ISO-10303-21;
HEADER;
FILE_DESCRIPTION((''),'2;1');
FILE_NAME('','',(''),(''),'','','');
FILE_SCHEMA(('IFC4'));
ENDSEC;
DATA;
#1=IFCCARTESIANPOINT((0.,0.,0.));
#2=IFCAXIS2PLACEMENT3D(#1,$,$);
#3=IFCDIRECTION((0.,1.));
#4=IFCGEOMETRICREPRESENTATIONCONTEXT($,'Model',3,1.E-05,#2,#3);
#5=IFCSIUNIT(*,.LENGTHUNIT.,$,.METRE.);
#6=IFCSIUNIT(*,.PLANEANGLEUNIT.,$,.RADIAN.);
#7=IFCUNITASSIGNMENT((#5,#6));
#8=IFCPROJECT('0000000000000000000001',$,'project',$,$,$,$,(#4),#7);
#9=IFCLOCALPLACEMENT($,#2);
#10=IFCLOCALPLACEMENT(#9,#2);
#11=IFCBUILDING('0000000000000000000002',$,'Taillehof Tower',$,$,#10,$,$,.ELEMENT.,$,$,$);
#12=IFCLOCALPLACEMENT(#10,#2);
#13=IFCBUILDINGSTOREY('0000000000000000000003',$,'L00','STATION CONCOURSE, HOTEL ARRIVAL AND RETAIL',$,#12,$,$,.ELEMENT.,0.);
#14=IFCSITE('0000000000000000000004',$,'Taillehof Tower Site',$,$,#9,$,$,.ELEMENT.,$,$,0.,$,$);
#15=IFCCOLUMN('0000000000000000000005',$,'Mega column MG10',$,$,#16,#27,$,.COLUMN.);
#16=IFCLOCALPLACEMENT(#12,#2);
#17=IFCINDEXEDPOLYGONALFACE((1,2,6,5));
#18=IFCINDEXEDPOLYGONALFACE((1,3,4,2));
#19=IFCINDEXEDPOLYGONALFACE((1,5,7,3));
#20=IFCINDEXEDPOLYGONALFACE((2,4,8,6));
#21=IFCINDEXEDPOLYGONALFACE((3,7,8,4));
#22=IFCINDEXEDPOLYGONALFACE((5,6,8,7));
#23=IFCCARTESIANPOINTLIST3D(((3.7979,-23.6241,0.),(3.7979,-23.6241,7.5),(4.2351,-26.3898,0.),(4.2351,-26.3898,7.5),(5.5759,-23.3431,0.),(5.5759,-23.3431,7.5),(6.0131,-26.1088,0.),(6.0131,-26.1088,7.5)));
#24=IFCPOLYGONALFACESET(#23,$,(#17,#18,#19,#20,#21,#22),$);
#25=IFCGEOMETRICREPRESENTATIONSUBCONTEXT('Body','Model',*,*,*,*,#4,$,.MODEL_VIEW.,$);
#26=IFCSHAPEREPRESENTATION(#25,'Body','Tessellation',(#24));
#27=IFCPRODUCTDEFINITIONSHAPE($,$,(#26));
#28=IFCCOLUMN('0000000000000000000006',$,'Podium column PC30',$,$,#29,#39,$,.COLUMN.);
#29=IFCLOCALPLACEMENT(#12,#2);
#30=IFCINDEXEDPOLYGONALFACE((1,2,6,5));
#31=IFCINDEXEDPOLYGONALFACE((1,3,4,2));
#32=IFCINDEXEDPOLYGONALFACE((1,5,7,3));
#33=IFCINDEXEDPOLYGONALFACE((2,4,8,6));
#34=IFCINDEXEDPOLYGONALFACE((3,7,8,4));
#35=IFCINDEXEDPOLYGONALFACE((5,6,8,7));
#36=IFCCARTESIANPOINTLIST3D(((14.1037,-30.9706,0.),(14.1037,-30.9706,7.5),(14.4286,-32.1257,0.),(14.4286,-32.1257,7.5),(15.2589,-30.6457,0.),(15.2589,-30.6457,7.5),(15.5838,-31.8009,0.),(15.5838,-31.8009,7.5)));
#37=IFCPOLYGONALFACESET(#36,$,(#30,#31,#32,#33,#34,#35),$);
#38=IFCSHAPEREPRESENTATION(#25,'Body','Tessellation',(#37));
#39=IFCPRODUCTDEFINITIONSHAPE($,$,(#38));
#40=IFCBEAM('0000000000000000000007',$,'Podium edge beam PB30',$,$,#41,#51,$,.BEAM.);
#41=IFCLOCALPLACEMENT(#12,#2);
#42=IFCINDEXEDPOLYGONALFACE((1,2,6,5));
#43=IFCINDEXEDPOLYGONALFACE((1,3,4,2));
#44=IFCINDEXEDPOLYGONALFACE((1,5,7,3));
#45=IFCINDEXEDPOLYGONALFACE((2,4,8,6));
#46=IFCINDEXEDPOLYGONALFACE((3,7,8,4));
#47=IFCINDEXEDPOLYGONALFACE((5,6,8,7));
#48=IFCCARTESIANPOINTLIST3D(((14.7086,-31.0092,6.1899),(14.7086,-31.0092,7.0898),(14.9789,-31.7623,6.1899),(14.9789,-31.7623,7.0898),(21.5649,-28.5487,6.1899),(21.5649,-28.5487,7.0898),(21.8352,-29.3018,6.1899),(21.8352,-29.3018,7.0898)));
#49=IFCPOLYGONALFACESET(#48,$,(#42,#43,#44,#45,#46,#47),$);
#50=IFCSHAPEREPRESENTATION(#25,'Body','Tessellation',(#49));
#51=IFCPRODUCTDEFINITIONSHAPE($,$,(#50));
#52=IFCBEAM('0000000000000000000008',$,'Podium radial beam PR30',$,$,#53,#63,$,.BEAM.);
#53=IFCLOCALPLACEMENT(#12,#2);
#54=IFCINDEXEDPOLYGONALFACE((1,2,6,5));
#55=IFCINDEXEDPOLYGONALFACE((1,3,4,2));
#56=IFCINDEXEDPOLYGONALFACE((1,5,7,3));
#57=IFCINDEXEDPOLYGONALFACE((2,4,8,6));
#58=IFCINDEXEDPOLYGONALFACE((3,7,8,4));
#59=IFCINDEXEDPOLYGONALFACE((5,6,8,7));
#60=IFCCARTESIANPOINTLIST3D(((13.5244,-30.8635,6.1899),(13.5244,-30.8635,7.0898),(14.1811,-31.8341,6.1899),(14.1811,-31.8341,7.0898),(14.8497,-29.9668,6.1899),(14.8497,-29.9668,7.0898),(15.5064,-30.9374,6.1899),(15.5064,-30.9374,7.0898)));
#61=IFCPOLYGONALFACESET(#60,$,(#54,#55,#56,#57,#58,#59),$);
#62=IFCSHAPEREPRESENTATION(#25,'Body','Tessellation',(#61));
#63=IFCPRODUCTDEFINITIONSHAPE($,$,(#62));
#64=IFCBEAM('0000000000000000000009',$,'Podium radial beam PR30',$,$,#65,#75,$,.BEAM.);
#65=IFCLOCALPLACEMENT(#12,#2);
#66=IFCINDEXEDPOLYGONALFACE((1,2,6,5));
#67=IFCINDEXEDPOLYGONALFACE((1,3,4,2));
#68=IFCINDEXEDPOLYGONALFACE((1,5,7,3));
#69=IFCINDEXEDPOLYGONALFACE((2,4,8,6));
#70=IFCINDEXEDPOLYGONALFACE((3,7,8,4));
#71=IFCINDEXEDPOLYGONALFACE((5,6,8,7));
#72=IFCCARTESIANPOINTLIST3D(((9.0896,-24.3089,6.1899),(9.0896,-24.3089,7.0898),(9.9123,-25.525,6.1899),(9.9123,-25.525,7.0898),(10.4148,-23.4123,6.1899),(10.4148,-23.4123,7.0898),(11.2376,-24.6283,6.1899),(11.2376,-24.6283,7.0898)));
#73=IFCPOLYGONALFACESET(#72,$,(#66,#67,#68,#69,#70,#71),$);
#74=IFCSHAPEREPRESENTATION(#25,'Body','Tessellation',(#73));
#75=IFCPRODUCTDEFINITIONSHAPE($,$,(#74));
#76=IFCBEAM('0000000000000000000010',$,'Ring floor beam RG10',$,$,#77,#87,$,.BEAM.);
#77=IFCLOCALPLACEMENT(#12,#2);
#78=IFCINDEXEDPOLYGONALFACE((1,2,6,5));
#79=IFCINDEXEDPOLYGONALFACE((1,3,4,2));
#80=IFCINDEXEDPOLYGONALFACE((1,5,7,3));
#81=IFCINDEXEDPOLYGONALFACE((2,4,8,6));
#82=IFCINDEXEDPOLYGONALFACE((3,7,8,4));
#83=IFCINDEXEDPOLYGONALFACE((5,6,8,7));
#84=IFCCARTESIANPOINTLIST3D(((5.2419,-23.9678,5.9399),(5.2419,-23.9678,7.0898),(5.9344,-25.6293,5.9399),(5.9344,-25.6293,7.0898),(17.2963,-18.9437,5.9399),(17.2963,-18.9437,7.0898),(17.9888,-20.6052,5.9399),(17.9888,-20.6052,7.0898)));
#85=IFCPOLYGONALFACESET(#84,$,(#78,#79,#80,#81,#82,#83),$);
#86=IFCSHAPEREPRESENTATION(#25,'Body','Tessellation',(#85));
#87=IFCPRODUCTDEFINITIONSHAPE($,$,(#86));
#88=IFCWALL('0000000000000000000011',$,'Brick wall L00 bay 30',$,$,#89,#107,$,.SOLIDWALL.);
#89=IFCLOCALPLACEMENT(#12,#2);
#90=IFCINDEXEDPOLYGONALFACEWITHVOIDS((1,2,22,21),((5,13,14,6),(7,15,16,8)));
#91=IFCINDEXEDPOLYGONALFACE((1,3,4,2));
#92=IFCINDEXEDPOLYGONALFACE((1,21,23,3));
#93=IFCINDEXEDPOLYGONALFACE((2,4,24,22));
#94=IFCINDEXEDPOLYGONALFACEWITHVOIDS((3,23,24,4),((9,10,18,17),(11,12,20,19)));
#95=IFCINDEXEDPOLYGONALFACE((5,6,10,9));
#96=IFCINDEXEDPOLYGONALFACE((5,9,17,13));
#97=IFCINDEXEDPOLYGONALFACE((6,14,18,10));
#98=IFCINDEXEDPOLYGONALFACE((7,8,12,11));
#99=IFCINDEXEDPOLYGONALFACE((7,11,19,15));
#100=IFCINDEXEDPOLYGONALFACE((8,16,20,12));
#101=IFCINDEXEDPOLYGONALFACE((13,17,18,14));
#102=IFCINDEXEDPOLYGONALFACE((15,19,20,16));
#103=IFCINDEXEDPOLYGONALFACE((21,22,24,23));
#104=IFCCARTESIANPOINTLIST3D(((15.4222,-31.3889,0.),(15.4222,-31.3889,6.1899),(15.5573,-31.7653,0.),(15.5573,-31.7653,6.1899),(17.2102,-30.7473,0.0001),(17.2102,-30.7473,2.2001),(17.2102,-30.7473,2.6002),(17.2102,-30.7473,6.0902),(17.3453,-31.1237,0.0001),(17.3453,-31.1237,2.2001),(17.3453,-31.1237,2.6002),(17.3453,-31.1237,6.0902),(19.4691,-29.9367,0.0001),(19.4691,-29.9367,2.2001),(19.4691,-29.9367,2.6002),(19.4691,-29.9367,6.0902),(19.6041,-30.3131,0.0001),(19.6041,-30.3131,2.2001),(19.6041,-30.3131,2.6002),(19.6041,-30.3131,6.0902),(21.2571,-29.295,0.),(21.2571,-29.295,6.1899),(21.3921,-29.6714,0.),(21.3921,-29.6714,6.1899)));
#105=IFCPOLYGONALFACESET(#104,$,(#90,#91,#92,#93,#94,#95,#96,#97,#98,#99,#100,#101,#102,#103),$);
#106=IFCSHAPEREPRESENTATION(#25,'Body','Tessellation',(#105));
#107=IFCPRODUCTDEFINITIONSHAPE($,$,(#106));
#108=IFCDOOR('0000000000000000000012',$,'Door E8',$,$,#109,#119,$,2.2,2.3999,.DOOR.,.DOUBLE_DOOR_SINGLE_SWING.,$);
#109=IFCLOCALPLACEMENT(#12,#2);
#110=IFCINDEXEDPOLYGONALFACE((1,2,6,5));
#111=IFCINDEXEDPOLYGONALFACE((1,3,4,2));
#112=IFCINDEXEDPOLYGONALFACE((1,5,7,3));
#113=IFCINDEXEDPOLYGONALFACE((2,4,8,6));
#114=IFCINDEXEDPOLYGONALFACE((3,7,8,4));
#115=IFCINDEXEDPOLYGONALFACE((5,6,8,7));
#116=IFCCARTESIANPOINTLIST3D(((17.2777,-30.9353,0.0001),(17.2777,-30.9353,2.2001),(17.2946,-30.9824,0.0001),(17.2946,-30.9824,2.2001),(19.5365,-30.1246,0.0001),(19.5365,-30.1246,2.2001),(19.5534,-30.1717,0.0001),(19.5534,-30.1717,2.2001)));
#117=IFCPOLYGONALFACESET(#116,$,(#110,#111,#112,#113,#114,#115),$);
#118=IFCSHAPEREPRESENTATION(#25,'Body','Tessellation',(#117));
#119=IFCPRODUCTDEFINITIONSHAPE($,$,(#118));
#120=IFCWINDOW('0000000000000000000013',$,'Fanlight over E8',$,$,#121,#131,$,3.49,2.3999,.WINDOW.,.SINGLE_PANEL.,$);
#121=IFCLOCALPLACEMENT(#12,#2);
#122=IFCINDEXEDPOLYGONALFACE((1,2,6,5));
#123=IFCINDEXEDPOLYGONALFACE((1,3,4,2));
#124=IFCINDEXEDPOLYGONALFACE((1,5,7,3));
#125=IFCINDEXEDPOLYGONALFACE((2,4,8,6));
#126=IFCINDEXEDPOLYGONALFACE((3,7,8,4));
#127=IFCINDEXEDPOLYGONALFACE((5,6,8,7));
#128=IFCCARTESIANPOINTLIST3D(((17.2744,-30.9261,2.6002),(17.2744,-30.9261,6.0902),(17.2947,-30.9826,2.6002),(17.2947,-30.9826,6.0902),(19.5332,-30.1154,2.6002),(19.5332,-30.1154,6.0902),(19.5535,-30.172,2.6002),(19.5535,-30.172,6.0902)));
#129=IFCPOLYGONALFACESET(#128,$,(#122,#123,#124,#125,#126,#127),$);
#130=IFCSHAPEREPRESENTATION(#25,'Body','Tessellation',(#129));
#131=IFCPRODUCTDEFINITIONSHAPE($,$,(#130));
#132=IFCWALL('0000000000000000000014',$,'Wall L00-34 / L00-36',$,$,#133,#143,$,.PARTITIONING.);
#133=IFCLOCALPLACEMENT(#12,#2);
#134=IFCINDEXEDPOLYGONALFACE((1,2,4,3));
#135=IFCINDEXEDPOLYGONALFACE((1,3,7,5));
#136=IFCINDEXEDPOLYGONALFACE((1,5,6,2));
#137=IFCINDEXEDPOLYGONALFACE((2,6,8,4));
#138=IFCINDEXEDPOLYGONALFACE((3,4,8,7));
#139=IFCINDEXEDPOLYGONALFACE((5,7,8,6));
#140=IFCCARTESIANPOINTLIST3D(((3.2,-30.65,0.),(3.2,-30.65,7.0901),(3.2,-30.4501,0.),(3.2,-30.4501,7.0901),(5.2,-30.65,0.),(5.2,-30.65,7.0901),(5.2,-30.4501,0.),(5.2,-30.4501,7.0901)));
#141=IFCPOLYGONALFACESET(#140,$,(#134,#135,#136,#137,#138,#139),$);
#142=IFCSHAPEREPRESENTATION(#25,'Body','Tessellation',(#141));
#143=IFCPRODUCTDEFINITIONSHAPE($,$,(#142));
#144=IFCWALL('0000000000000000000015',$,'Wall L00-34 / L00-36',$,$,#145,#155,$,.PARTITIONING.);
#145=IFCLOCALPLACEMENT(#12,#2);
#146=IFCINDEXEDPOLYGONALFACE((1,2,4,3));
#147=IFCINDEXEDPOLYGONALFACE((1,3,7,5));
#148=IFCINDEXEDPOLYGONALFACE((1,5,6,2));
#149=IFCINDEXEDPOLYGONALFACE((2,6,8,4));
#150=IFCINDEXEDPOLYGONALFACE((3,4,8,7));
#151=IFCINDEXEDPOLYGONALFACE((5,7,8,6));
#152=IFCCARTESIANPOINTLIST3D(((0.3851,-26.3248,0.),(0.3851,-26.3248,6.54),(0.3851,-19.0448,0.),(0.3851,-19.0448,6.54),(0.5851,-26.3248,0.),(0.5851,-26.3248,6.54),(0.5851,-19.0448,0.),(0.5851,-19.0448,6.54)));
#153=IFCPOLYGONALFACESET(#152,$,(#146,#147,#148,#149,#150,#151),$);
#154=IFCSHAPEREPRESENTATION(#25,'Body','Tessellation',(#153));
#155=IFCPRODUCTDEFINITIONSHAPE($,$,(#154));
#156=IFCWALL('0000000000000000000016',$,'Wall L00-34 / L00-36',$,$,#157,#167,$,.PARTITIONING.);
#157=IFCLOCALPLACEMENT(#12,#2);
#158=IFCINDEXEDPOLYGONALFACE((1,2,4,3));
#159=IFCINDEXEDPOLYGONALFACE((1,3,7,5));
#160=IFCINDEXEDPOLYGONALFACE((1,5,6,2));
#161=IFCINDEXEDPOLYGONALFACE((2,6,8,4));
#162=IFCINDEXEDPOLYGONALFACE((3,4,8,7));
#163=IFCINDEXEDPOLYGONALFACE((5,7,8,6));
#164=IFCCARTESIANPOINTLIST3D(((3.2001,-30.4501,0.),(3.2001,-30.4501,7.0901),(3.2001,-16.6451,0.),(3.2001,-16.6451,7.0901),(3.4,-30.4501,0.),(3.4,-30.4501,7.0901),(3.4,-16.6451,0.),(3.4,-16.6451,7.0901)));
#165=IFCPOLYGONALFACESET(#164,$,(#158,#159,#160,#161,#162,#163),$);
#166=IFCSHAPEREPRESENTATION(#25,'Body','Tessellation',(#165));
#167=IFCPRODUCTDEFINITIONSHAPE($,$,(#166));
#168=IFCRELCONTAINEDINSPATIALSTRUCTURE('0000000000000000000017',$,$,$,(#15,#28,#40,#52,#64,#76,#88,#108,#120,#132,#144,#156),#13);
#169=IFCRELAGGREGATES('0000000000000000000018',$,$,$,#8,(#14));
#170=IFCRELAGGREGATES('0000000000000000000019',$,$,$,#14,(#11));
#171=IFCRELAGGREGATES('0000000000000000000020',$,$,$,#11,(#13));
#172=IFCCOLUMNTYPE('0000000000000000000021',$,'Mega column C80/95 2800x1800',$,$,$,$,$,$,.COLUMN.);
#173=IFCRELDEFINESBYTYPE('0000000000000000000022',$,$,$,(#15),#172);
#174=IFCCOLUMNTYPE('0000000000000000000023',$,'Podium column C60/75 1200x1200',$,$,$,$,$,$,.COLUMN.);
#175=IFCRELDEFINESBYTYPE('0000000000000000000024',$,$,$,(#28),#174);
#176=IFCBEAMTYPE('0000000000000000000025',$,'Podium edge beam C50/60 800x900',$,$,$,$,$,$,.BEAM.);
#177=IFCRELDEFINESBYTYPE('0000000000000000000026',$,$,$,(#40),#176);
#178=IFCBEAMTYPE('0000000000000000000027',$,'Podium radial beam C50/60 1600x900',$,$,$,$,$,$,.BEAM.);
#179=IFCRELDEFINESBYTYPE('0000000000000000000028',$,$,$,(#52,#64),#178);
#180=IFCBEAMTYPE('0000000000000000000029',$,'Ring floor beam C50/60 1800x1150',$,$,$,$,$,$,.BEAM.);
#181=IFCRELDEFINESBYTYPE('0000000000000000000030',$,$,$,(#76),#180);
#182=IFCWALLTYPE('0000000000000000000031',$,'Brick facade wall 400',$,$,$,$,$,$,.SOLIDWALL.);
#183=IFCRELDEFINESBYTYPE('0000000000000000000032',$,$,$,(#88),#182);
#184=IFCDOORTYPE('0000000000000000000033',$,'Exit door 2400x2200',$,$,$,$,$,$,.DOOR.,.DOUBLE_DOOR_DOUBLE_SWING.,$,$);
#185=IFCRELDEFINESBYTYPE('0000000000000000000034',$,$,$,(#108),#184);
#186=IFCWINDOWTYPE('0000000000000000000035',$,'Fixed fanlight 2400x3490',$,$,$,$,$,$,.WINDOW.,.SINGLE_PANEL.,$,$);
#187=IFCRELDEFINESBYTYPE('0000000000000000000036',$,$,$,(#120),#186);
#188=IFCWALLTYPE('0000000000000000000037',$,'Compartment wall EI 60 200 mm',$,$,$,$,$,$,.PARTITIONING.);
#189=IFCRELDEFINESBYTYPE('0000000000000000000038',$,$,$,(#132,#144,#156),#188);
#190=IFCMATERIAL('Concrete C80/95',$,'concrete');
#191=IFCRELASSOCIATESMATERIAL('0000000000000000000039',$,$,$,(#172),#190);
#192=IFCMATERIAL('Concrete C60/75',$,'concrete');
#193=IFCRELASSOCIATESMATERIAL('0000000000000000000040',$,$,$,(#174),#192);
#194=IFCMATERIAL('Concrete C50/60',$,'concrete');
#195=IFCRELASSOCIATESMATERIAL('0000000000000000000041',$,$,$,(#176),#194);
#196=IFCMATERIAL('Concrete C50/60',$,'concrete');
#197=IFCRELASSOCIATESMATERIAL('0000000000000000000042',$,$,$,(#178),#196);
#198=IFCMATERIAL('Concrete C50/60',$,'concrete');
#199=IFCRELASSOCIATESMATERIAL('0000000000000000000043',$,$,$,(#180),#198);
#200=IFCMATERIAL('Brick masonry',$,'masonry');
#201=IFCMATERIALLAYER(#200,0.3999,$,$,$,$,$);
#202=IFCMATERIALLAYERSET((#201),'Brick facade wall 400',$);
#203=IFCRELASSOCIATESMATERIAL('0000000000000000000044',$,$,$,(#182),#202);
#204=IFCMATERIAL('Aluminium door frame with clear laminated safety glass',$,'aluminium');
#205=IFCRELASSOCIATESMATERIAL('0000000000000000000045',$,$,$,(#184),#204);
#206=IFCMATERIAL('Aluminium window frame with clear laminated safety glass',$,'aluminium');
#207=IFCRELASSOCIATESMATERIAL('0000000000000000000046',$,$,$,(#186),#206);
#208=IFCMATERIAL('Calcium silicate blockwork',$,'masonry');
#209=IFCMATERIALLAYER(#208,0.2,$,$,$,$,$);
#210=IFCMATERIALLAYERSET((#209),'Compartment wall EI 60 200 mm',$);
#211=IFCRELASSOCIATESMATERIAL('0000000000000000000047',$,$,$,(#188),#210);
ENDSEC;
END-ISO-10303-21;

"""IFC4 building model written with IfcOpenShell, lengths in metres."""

from ifc_helpers import new_model, si_unit, direction, frame, frame_2d, origin, origin_2d, place, context, subcontext, project, spatial, rectangle, extrude, material, layer, layer_set, material_profile, profile_set, type_object, element, fill, save


model = new_model("IFC4")

# Units and contexts
model_context = context("Model", 3, precision=1e-05, world=origin(), true_north=direction((0.0, 1.0)))
body_context = subcontext(model_context, "Body", "Model", "MODEL_VIEW")
ifc_project = project(units=[si_unit("LENGTHUNIT", "METRE"), si_unit("PLANEANGLEUNIT", "RADIAN")], contexts=[model_context])

# Site, building, storey
site_placement = place(None, origin())
site = spatial("IfcSite", under=ifc_project, at=site_placement, Name="Taillehof Tower Site", CompositionType="ELEMENT", RefElevation=0.0)
building_placement = place(site_placement, origin())
building = spatial("IfcBuilding", under=site, at=building_placement, Name="Taillehof Tower", CompositionType="ELEMENT")
storey_placement = place(building_placement, origin())
storey = spatial("IfcBuildingStorey", under=building, at=storey_placement, Name="L00", Description="STATION CONCOURSE, HOTEL ARRIVAL AND RETAIL", CompositionType="ELEMENT", Elevation=0.0)

# Columns
ifc_material_1 = material(Name="Concrete C80/95", Category="concrete")
ifc_material_profile_1 = material_profile(ifc_material_1, rectangle(XDim=2.8, YDim=1.8, at=origin_2d()), Name="RC 2800x1800")
ifc_profile_set_1 = profile_set([ifc_material_profile_1], Name="Concrete C80/95")
column_type_1 = type_object("IfcColumnType", Name="Mega column C80/95 2800x1800", PredefinedType="COLUMN", material=ifc_profile_set_1)
column_1_placement = place(storey_placement, frame((4.9055, -24.8665, 0.0), z_axis=(0.0, 0.0, 1.0), x_axis=(0.156147, -0.987734, 0.0)))
element("IfcColumn", 1, at=column_1_placement, inside=storey, type_object=column_type_1, Name="Mega column MG10", PredefinedType="COLUMN", context=body_context, shape_type="SweptSolid", body=[
    extrude(rectangle(XDim=2.8, YDim=1.8, at=origin_2d()), origin(), (0.0, 0.0, 1.0), 7.5),
])
ifc_material_2 = material(Name="Concrete C60/75", Category="concrete")
ifc_material_profile_2 = material_profile(ifc_material_2, rectangle(XDim=1.2, YDim=1.2, at=origin_2d()), Name="RC 1200x1200")
ifc_profile_set_2 = profile_set([ifc_material_profile_2], Name="Concrete C60/75")
column_type_2 = type_object("IfcColumnType", Name="Podium column C60/75 1200x1200", PredefinedType="COLUMN", material=ifc_profile_set_2)
column_2_placement = place(storey_placement, frame((14.8438, -31.3857, 0.0), z_axis=(0.0, 0.0, 1.0), x_axis=(0.270745, -0.962651, 0.0)))
element("IfcColumn", 2, at=column_2_placement, inside=storey, type_object=column_type_2, Name="Podium column PC30", PredefinedType="COLUMN", context=body_context, shape_type="SweptSolid", body=[
    extrude(rectangle(XDim=1.2, YDim=1.2, at=origin_2d()), origin(), (0.0, 0.0, 1.0), 7.5),
])

# Beams
ifc_material_3 = material(Name="Concrete C50/60", Category="concrete")
ifc_material_profile_3 = material_profile(ifc_material_3, rectangle(XDim=0.8, YDim=0.8999, at=origin_2d()), Name="RC 800x900")
ifc_profile_set_3 = profile_set([ifc_material_profile_3], Name="Concrete C50/60")
beam_type_1 = type_object("IfcBeamType", Name="Podium edge beam C50/60 800x900", PredefinedType="BEAM", material=ifc_profile_set_3)
beam_1_placement = place(storey_placement, frame((14.8438, -31.3857, 6.6399), z_axis=(0.941227, 0.337773, 0.0), x_axis=(-0.337773, 0.941227, 0.0)))
element("IfcBeam", 3, at=beam_1_placement, inside=storey, type_object=beam_type_1, Name="Podium edge beam PB30", PredefinedType="BEAM", context=body_context, shape_type="SweptSolid", body=[
    extrude(rectangle(XDim=0.8, YDim=0.8999, at=origin_2d()), origin(), (0.0, 0.0, 1.0), 7.2844),
])
ifc_material_4 = material(Name="Concrete C50/60", Category="concrete")
ifc_material_profile_4 = material_profile(ifc_material_4, rectangle(XDim=1.6001, YDim=0.8999, at=origin_2d()), Name="RC 1600x900")
ifc_profile_set_4 = profile_set([ifc_material_profile_4], Name="Concrete C50/60")
beam_type_2 = type_object("IfcBeamType", Name="Podium radial beam C50/60 1600x900", PredefinedType="BEAM", material=ifc_profile_set_4)
beam_2_placement = place(storey_placement, frame((14.8438, -31.3857, 6.6399), z_axis=(-0.56036, 0.828249, 0.0), x_axis=(-0.828249, -0.56036, 0.0)))
element("IfcBeam", 4, at=beam_2_placement, inside=storey, type_object=beam_type_2, Name="Podium radial beam PR30", PredefinedType="BEAM", context=body_context, shape_type="SweptSolid", body=[
    extrude(rectangle(XDim=1.6001, YDim=0.8999, at=origin_2d()), origin(), (0.0, 0.0, 1.0), 1.1719),
])
beam_3_placement = place(storey_placement, frame((10.575, -25.0767, 6.6399), z_axis=(-0.560366, 0.828245, 0.0), x_axis=(-0.828245, -0.560366, 0.0)))
element("IfcBeam", 5, at=beam_3_placement, inside=storey, type_object=beam_type_2, Name="Podium radial beam PR30", PredefinedType="BEAM", context=body_context, shape_type="SweptSolid", body=[
    extrude(rectangle(XDim=1.6001, YDim=0.8999, at=origin_2d()), origin(), (0.0, 0.0, 1.0), 1.4683),
])
ifc_material_5 = material(Name="Concrete C50/60", Category="concrete")
ifc_material_profile_5 = material_profile(ifc_material_5, rectangle(XDim=1.8, YDim=1.1499, at=origin_2d()), Name="RC 1800x1150")
ifc_profile_set_5 = profile_set([ifc_material_profile_5], Name="Concrete C50/60")
beam_type_3 = type_object("IfcBeamType", Name="Ring floor beam C50/60 1800x1150", PredefinedType="BEAM", material=ifc_profile_set_5)
beam_4_placement = place(storey_placement, frame((5.5881, -24.7986, 6.5149), z_axis=(0.923037, 0.384712, 0.0), x_axis=(-0.384712, 0.923037, 0.0)))
element("IfcBeam", 6, at=beam_4_placement, inside=storey, type_object=beam_type_3, Name="Ring floor beam RG10", PredefinedType="BEAM", context=body_context, shape_type="SweptSolid", body=[
    extrude(rectangle(XDim=1.8, YDim=1.1499, at=origin_2d()), origin(), (0.0, 0.0, 1.0), 13.0596),
])

# Wall, openings, door, window
ifc_material_6 = material(Name="Brick masonry", Category="masonry")
ifc_layer_1 = layer(ifc_material_6, 0.3999)
ifc_layer_set_1 = layer_set([ifc_layer_1], Name="Brick facade wall 400")
wall_type_1 = type_object("IfcWallType", Name="Brick facade wall 400", PredefinedType="SOLIDWALL", material=ifc_layer_set_1)
wall_1_placement = place(storey_placement, frame((15.4897, -31.5771, 0.0), z_axis=(0.0, 0.0, 1.0), x_axis=(0.941226, 0.337778, 0.0)))
wall_1 = element("IfcWall", 7, at=wall_1_placement, inside=storey, type_object=wall_type_1, Name="Brick wall L00 bay 30", PredefinedType="SOLIDWALL", context=body_context, shape_type="SweptSolid", body=[
    extrude(rectangle(XDim=6.1992, YDim=0.3999, at=frame_2d((3.0996, 0.0))), origin(), (0.0, 0.0, 1.0), 6.1899),
])
opening_1_placement = place(wall_1_placement, frame((1.8997, 0.0, 0.0)))
opening_1 = element("IfcOpeningElement", 8, at=opening_1_placement, cuts=wall_1, PredefinedType="OPENING", context=body_context, shape_type="SweptSolid", body=[
    extrude(rectangle(XDim=2.3999, YDim=2.2, at=frame_2d((1.2, 1.1001))), frame((0.0, 0.21, 0.0), z_axis=(0.0, -1.0, 0.0), x_axis=(1.0, 0.0, 0.0)), (0.0, 0.0, 1.0), 0.4199),
])
opening_2_placement = place(wall_1_placement, frame((1.8997, 0.0, 2.6001)))
opening_2 = element("IfcOpeningElement", 9, at=opening_2_placement, cuts=wall_1, PredefinedType="OPENING", context=body_context, shape_type="SweptSolid", body=[
    extrude(rectangle(XDim=2.3999, YDim=3.49, at=frame_2d((1.2, 1.7451))), frame((0.0, 0.21, 0.0), z_axis=(0.0, -1.0, 0.0), x_axis=(1.0, 0.0, 0.0)), (0.0, 0.0, 1.0), 0.4199),
])
ifc_material_7 = material(Name="Aluminium door frame with clear laminated safety glass", Category="aluminium")
door_type_1 = type_object("IfcDoorType", Name="Exit door 2400x2200", OperationType="DOUBLE_DOOR_DOUBLE_SWING", PredefinedType="DOOR", material=ifc_material_7)
door_1_placement = place(opening_1_placement, frame((2.3999, 0.0, 0.0), z_axis=(0.0, 0.0, 1.0), x_axis=(-1.0, 0.0, 0.0)))
door_1 = element("IfcDoor", 10, at=door_1_placement, inside=storey, type_object=door_type_1, Name="Door E8", OperationType="DOUBLE_DOOR_SINGLE_SWING", OverallHeight=2.2, OverallWidth=2.3999, PredefinedType="DOOR", context=body_context, shape_type="SweptSolid", body=[
    extrude(rectangle(XDim=2.3999, YDim=2.2, at=frame_2d((1.2, 1.1001))), frame((0.0, 0.0498, 0.0), z_axis=(0.0, -1.0, 0.0), x_axis=(1.0, 0.0, 0.0)), (0.0, 0.0, 1.0), 0.05),
])
fill(opening_1, door_1)
ifc_material_8 = material(Name="Aluminium window frame with clear laminated safety glass", Category="aluminium")
window_type = type_object("IfcWindowType", Name="Fixed fanlight 2400x3490", PartitioningType="SINGLE_PANEL", PredefinedType="WINDOW", material=ifc_material_8)
window_placement = place(opening_2_placement, origin())
window = element("IfcWindow", 11, at=window_placement, inside=storey, type_object=window_type, Name="Fanlight over E8", OverallHeight=3.49, OverallWidth=2.3999, PartitioningType="SINGLE_PANEL", PredefinedType="WINDOW", context=body_context, shape_type="SweptSolid", body=[
    extrude(rectangle(XDim=2.3999, YDim=3.49, at=frame_2d((1.2, 1.7451))), frame((0.0, 0.01, 0.0), z_axis=(0.0, -1.0, 0.0), x_axis=(1.0, 0.0, 0.0)), (0.0, 0.0, 1.0), 0.0601),
])
fill(opening_2, window)

# Walls
ifc_material_9 = material(Name="Calcium silicate blockwork", Category="masonry")
ifc_layer_2 = layer(ifc_material_9, 0.2)
ifc_layer_set_2 = layer_set([ifc_layer_2], Name="Compartment wall EI 60 200 mm")
wall_type_2 = type_object("IfcWallType", Name="Compartment wall EI 60 200 mm", PredefinedType="PARTITIONING", material=ifc_layer_set_2)
wall_2_placement = place(storey_placement, frame((3.2, -30.55, 0.0), z_axis=(0.0, 0.0, 1.0), x_axis=(1.0, 0.0, 0.0)))
element("IfcWall", 12, at=wall_2_placement, inside=storey, type_object=wall_type_2, Name="Wall L00-34 / L00-36", PredefinedType="PARTITIONING", context=body_context, shape_type="SweptSolid", body=[
    extrude(rectangle(XDim=2.0, YDim=0.2, at=frame_2d((1.0, 0.0))), origin(), (0.0, 0.0, 1.0), 7.0901),
])
wall_3_placement = place(storey_placement, frame((0.4851, -26.325, 0.0), z_axis=(0.0, 0.0, 1.0), x_axis=(0.0, 1.0, 0.0)))
element("IfcWall", 13, at=wall_3_placement, inside=storey, type_object=wall_type_2, Name="Wall L00-34 / L00-36", PredefinedType="PARTITIONING", context=body_context, shape_type="SweptSolid", body=[
    extrude(rectangle(XDim=7.28, YDim=0.2, at=frame_2d((3.6401, 0.0))), origin(), (0.0, 0.0, 1.0), 6.54),
])
wall_4_placement = place(storey_placement, frame((3.3, -30.45, 0.0), z_axis=(0.0, 0.0, 1.0), x_axis=(0.0, 1.0, 0.0)))
element("IfcWall", 14, at=wall_4_placement, inside=storey, type_object=wall_type_2, Name="Wall L00-34 / L00-36", PredefinedType="PARTITIONING", context=body_context, shape_type="SweptSolid", body=[
    extrude(rectangle(XDim=13.8049, YDim=0.2, at=frame_2d((6.9023, 0.0))), origin(), (0.0, 0.0, 1.0), 7.0901),
])

save(model, "model.ifc")
